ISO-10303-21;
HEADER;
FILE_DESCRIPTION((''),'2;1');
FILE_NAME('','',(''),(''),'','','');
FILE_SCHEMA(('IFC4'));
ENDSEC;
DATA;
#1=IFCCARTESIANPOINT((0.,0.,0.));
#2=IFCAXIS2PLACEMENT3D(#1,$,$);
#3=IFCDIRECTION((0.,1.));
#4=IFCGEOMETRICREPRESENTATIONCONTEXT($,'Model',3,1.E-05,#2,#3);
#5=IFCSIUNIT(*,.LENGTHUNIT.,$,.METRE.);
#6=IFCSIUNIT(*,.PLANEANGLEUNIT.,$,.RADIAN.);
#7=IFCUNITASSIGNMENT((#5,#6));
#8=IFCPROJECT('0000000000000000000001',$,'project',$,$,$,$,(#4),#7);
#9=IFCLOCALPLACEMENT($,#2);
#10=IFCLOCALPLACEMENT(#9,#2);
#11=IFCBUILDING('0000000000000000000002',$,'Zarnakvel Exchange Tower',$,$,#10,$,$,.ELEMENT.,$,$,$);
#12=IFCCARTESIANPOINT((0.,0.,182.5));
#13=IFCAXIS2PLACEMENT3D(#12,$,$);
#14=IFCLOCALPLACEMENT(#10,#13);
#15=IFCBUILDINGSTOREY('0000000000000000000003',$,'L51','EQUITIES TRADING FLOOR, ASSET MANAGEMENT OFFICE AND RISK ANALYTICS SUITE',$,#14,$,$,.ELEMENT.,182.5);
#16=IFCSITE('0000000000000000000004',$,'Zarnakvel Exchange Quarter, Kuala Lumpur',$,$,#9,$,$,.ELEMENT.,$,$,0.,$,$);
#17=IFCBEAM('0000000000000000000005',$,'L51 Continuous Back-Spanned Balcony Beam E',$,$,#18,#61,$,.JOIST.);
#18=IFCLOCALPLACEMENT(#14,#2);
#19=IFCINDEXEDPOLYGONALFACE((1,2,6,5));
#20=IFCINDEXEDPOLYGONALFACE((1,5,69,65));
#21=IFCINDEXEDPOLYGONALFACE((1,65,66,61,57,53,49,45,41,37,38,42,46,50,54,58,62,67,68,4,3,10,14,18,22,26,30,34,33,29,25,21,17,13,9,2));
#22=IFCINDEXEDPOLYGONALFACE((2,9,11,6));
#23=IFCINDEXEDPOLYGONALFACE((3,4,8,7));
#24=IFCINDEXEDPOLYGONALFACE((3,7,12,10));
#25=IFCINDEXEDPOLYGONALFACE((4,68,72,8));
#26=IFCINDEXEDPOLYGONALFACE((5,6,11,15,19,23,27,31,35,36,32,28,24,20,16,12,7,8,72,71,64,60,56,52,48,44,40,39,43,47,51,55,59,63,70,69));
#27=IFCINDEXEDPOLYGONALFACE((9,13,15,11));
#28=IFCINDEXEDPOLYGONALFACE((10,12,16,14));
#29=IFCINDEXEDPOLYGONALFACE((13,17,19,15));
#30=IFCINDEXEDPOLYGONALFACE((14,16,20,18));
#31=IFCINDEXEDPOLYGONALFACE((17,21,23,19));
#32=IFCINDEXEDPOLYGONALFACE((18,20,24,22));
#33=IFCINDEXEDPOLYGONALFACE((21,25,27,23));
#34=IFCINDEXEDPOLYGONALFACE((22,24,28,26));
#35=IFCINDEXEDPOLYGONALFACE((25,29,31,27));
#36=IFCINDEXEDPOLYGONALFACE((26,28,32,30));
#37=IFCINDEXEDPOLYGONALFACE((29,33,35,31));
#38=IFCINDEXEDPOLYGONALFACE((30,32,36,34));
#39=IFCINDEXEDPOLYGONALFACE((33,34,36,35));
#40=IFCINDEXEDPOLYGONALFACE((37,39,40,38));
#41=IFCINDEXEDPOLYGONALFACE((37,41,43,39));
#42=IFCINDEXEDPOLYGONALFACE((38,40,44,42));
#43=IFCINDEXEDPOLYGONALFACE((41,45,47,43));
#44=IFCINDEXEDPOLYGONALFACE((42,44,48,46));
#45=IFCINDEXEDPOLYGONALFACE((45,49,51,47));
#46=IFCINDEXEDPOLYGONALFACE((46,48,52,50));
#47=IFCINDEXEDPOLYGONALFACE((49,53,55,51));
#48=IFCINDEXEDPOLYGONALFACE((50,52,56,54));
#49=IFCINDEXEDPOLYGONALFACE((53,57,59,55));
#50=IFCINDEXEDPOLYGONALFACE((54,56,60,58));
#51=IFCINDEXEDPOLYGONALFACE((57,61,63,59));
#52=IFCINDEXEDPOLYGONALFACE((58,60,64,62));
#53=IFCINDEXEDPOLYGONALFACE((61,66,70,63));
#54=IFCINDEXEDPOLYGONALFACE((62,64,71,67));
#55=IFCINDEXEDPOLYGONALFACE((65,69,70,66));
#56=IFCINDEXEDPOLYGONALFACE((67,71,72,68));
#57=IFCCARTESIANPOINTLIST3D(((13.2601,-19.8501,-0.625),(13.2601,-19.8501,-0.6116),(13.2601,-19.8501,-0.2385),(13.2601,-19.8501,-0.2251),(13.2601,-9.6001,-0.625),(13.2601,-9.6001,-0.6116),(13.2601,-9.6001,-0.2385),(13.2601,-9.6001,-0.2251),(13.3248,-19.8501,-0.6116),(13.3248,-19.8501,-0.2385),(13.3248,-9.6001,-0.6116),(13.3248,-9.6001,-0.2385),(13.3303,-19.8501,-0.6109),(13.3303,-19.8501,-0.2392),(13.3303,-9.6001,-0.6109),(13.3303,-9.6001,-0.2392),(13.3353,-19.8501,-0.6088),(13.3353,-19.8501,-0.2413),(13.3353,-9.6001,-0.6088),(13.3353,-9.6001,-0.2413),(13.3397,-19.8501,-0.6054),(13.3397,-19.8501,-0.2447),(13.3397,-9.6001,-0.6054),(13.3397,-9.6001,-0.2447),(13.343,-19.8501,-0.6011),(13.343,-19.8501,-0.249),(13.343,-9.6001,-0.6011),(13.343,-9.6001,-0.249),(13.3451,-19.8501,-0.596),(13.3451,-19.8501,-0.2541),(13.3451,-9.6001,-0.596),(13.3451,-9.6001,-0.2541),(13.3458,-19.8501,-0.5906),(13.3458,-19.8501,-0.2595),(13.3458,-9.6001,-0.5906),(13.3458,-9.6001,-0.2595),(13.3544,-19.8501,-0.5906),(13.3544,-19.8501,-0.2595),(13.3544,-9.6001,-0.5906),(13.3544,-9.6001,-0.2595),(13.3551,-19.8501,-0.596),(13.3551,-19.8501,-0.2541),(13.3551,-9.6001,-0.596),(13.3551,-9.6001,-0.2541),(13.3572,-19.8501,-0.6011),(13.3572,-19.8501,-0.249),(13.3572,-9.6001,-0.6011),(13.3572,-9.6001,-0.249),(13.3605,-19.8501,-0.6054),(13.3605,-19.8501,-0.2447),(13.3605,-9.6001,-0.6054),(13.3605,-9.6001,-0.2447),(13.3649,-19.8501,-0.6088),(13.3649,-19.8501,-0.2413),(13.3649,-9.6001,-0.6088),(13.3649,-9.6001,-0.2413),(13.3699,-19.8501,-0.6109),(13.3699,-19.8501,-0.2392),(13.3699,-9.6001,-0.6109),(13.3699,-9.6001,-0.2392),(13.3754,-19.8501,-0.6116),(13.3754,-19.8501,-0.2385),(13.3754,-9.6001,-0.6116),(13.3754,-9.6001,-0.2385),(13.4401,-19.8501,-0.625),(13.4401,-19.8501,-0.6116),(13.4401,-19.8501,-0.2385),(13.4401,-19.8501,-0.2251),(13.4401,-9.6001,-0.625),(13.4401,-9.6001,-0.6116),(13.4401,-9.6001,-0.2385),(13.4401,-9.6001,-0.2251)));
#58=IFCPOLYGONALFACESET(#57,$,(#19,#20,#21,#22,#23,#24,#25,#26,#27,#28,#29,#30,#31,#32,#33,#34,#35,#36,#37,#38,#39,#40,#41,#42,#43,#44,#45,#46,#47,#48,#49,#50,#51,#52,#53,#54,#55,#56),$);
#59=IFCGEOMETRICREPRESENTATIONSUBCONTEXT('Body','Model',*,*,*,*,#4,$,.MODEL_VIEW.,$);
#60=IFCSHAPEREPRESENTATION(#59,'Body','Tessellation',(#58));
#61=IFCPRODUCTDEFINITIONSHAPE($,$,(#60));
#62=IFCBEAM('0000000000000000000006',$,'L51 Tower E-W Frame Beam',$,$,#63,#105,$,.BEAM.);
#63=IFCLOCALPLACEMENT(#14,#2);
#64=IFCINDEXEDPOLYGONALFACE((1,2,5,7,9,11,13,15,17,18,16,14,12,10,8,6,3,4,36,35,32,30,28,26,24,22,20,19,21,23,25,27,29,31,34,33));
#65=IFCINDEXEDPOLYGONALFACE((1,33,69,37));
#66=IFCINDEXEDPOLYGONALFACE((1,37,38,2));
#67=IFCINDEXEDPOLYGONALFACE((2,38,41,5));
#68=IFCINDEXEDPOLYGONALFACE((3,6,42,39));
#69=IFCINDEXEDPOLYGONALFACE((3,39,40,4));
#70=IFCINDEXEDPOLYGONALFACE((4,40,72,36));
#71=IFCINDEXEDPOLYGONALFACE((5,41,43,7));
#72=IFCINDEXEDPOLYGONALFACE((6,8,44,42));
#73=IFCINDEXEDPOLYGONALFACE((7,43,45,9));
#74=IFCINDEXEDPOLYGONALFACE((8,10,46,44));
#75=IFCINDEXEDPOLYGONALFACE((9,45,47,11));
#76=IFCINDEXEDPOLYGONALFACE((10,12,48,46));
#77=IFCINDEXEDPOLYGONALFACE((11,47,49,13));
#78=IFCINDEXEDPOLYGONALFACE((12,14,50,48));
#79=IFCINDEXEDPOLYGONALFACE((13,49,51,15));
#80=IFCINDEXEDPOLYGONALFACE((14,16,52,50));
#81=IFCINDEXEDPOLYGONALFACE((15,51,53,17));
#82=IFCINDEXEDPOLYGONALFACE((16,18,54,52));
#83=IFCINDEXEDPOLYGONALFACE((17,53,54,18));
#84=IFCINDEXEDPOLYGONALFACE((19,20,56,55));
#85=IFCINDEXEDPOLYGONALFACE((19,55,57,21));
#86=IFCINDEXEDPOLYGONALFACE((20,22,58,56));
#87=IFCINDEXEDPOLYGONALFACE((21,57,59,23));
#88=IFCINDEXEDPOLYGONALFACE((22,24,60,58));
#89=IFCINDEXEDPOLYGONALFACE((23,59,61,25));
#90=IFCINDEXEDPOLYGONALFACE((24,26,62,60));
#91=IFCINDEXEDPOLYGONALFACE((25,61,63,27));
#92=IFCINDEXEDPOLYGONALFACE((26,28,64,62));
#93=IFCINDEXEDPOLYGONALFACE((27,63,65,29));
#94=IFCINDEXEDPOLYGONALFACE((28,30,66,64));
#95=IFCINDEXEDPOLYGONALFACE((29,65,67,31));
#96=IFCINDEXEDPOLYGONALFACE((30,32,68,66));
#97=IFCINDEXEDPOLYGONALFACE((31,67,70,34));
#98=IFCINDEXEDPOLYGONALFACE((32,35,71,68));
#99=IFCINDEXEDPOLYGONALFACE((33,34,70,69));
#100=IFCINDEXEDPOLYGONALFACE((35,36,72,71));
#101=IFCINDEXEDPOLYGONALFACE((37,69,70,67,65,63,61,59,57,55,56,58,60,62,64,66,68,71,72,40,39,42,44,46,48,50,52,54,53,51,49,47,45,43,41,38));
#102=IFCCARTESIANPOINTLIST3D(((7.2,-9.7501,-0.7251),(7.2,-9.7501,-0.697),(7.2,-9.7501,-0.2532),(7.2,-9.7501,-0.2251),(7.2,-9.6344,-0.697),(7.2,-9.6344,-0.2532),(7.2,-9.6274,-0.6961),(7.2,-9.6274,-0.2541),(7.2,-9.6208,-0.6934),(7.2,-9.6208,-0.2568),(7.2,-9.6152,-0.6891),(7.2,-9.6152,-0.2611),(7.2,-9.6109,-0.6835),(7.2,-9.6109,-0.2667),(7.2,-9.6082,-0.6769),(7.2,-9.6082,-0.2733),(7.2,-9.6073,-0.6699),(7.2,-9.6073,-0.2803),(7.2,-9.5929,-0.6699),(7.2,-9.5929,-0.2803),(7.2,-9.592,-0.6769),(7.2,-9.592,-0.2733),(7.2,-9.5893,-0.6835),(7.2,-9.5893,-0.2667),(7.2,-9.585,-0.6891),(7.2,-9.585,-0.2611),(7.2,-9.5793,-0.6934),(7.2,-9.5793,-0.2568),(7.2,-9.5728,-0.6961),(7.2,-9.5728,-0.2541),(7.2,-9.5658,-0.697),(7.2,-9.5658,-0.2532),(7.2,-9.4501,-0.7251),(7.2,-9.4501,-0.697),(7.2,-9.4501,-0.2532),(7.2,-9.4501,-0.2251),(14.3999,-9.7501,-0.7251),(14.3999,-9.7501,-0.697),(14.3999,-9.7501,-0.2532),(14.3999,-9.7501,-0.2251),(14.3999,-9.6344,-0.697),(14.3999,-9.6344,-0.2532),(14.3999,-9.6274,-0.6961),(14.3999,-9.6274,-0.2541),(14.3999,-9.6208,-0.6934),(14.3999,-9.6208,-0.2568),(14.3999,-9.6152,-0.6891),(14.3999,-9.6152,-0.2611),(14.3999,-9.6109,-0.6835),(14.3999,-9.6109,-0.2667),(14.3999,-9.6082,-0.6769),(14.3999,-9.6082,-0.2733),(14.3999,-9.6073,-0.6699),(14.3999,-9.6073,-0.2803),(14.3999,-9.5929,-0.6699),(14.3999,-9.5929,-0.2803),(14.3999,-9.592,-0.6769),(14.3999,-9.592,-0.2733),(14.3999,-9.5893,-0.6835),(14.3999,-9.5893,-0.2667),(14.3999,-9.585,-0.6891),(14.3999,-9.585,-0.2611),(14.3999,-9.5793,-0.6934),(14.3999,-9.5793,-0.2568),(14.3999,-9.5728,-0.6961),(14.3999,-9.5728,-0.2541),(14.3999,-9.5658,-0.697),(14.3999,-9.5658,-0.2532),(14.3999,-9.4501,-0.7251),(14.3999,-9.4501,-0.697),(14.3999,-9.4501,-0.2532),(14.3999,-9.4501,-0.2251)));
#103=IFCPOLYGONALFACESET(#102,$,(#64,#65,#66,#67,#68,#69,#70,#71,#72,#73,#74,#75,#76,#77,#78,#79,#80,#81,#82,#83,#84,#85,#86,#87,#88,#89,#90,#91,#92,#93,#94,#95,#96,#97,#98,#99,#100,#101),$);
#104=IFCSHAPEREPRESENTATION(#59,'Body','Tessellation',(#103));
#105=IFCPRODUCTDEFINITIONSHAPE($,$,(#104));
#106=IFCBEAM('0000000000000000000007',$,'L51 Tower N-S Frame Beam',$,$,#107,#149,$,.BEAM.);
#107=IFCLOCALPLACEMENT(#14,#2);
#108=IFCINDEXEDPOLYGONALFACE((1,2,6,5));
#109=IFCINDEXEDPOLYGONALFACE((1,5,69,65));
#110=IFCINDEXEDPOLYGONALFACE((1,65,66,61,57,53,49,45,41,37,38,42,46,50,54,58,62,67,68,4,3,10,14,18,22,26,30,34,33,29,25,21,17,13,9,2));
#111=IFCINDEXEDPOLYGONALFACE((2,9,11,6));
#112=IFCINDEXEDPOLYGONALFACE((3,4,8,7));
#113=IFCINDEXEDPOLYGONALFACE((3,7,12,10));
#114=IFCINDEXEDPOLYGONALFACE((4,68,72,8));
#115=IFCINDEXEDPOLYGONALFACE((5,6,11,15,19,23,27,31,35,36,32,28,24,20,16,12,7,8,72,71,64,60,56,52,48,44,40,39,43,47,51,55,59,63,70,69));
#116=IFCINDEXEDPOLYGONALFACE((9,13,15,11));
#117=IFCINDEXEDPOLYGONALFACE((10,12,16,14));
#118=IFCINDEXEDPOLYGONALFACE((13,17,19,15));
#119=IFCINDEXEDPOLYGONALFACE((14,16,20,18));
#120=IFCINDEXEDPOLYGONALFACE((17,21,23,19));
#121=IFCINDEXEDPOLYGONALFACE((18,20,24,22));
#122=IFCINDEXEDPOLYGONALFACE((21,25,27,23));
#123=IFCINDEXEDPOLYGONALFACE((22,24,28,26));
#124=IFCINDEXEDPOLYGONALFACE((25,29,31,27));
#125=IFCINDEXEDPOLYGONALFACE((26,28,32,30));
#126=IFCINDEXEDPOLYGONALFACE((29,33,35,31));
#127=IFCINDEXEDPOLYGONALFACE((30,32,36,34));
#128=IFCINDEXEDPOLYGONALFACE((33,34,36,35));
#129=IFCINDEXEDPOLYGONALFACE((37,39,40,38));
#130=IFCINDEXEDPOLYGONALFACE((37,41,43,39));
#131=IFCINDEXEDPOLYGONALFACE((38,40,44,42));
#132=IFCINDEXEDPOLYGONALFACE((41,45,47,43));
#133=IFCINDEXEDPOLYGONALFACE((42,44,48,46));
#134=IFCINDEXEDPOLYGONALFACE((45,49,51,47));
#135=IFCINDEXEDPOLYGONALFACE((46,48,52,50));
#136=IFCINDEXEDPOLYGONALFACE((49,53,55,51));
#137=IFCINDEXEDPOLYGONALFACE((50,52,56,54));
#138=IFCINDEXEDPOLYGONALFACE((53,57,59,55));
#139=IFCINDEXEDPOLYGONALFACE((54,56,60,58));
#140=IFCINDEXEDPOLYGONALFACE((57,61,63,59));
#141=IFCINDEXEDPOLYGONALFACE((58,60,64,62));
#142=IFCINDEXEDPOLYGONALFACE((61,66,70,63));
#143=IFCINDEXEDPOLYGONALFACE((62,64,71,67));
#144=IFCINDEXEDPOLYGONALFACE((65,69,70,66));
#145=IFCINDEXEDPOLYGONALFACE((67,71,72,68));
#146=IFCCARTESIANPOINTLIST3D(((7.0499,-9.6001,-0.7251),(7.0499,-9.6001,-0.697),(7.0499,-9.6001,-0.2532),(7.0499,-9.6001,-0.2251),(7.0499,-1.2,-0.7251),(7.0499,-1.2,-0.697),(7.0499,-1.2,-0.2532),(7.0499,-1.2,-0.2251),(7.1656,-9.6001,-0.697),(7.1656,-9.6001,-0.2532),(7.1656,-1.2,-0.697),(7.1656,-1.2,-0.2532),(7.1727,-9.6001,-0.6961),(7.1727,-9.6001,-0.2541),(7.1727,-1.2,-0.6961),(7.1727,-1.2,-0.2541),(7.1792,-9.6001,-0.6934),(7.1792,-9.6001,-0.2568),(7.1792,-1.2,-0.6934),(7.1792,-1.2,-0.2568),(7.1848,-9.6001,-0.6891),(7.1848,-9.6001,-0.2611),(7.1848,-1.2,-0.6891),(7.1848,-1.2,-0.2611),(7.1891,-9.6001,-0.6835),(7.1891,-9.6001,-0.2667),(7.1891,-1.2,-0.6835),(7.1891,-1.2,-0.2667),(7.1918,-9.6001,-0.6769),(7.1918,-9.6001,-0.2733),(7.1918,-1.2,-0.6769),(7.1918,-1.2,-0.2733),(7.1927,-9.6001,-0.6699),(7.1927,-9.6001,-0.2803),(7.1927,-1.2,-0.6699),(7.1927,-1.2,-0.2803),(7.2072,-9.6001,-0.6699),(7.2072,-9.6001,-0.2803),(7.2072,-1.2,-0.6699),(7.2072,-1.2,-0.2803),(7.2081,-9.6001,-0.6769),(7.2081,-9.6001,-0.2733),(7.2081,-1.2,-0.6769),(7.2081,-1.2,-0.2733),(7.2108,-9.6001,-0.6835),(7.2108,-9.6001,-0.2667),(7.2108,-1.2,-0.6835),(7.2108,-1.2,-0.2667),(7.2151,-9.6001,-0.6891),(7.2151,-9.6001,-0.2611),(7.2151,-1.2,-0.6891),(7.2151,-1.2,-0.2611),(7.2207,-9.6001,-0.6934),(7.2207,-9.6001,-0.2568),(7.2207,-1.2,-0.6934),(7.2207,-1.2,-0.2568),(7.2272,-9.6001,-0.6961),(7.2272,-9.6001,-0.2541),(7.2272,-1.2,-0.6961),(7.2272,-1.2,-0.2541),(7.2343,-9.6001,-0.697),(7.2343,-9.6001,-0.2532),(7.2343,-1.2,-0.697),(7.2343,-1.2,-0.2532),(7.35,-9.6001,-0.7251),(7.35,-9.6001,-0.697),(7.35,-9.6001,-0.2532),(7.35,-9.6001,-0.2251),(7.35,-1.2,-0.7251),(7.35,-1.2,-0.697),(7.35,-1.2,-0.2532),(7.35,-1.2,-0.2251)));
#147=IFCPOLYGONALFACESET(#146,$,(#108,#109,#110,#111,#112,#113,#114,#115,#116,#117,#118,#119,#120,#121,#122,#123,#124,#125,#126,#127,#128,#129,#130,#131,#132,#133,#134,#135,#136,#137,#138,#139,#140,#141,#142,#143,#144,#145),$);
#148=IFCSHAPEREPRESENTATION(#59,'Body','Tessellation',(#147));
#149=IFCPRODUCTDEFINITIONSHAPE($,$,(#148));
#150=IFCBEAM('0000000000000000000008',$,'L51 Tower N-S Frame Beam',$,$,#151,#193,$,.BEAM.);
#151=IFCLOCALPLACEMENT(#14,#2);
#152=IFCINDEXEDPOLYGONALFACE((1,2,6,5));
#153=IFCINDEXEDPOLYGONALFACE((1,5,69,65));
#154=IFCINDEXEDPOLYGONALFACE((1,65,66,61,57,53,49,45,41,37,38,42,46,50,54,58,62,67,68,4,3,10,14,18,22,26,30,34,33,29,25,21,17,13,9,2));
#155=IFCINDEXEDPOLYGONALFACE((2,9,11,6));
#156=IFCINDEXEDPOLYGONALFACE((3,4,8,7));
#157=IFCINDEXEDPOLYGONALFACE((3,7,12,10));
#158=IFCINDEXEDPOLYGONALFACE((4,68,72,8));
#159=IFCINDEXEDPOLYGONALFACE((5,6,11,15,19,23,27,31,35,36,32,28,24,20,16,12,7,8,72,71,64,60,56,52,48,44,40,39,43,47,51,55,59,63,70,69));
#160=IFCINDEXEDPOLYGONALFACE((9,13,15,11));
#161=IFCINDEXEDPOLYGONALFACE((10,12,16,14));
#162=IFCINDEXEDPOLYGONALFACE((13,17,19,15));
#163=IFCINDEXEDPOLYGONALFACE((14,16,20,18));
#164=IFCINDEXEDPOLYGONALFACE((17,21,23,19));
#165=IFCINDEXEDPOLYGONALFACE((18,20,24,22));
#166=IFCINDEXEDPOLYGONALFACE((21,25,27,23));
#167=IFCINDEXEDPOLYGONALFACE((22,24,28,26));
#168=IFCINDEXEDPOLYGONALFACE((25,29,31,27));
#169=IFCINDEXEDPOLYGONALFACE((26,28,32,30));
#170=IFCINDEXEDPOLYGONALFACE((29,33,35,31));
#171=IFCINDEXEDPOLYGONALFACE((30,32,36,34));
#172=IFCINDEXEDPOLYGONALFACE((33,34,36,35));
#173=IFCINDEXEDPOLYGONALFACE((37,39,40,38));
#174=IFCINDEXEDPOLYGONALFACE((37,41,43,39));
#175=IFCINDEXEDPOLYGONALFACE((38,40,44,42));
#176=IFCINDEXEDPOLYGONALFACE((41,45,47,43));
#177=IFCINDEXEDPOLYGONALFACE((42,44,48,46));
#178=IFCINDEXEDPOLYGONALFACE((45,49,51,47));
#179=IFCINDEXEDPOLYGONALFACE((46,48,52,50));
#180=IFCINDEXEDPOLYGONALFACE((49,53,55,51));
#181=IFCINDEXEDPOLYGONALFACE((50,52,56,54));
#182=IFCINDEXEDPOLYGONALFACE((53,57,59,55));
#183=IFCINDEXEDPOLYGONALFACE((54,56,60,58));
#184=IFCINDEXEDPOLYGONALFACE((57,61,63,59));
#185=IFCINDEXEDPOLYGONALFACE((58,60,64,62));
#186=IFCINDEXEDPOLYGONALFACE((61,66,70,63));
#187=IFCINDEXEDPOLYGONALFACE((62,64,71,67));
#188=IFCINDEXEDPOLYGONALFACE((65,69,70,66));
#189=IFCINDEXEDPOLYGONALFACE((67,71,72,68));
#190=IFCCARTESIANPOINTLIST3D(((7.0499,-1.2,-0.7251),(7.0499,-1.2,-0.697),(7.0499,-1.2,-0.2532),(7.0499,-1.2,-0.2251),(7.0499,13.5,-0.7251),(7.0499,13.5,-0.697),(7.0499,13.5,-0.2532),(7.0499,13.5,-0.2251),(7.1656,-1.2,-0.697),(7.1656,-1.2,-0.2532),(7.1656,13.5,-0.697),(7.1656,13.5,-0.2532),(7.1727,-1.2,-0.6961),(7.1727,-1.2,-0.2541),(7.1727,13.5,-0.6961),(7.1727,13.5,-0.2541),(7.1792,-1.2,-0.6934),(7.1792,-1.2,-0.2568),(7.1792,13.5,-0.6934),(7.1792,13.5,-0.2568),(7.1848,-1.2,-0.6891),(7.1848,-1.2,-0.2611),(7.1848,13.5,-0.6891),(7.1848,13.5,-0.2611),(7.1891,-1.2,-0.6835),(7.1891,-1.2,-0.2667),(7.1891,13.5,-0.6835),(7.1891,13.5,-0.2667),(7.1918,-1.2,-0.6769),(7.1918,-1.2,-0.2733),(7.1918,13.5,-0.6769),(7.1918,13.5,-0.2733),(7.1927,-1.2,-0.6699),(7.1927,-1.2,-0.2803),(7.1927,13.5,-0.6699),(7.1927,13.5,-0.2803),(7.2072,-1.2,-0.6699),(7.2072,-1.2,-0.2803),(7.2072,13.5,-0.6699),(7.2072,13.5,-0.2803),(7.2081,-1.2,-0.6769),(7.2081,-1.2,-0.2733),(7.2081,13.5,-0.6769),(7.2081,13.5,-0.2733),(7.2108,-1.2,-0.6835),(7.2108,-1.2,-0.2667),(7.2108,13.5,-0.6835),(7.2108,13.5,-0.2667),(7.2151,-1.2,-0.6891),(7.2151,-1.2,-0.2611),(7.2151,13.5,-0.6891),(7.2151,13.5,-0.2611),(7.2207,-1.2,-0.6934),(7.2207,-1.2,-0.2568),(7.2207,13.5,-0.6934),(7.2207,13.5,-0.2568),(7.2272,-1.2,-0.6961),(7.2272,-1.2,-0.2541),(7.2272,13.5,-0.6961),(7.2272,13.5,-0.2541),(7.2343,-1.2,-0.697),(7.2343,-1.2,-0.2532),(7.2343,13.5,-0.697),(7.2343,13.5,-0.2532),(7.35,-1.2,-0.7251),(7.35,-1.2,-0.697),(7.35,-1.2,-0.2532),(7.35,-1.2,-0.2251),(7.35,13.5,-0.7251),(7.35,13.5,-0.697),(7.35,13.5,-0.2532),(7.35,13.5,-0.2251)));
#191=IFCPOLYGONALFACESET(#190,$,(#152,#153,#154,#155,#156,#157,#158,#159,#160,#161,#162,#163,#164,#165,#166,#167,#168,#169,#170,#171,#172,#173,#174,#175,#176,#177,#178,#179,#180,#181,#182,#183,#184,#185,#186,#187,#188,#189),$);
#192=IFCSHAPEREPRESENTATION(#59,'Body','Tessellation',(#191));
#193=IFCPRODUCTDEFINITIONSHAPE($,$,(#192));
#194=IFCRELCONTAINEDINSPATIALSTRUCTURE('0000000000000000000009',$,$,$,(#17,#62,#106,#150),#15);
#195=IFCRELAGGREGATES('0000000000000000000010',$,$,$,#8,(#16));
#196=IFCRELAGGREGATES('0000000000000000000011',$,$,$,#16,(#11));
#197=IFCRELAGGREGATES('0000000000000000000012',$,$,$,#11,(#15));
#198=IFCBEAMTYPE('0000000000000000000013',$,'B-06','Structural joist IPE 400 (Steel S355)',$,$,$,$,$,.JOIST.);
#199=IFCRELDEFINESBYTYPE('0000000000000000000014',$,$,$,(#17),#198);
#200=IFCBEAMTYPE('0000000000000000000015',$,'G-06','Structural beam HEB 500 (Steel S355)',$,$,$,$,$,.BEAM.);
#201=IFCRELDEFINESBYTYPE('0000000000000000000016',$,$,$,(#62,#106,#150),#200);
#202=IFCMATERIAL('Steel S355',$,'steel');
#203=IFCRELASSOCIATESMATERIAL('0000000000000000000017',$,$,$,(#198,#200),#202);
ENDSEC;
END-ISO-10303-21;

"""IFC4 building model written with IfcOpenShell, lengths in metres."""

from ifc_helpers import new_model, si_unit, direction, frame, origin, origin_2d, place, context, subcontext, project, spatial, i_section, extrude, material, material_profile, profile_set, type_object, element, save


model = new_model("IFC4")

# Units and contexts
model_context = context("Model", 3, precision=1e-05, world=origin(), true_north=direction((0.0, 1.0)))
body_context = subcontext(model_context, "Body", "Model", "MODEL_VIEW")
ifc_project = project(units=[si_unit("LENGTHUNIT", "METRE"), si_unit("PLANEANGLEUNIT", "RADIAN")], contexts=[model_context])

# Site, building, storey
site_placement = place(None, origin())
site = spatial("IfcSite", under=ifc_project, at=site_placement, Name="Zarnakvel Exchange Quarter, Kuala Lumpur", CompositionType="ELEMENT", RefElevation=0.0)
building_placement = place(site_placement, origin())
building = spatial("IfcBuilding", under=site, at=building_placement, Name="Zarnakvel Exchange Tower", CompositionType="ELEMENT")
storey_placement = place(building_placement, frame((0.0, 0.0, 182.5)))
storey = spatial("IfcBuildingStorey", under=building, at=storey_placement, Name="L51", Description="EQUITIES TRADING FLOOR, ASSET MANAGEMENT OFFICE AND RISK ANALYTICS SUITE", CompositionType="ELEMENT", Elevation=182.5)

# Beams
ifc_material_1 = material(Name="Steel S355", Category="steel")
ifc_material_profile_1 = material_profile(ifc_material_1, i_section(OverallWidth=0.1799, OverallDepth=0.3999, WebThickness=0.0085, FlangeThickness=0.0134, FilletRadius=0.021, at=origin_2d()))
ifc_profile_set_1 = profile_set([ifc_material_profile_1], Name="Steel S355")
beam_type_1 = type_object("IfcBeamType", Name="B-06", Description="Structural joist IPE 400 (Steel S355)", PredefinedType="JOIST", material=ifc_profile_set_1)
for number, where, z_axis, x_axis, name in (
    (1, (13.3501, -9.6001, -0.425), (0.0, -1.0, 0.0), (1.0, 0.0, 0.0), "L51 Continuous Back-Spanned Balcony Beam E"),
):
    element("IfcBeam", number, at=place(storey_placement, frame(where, z_axis=z_axis, x_axis=x_axis)), inside=storey, type_object=beam_type_1, Name=name, PredefinedType="JOIST", context=body_context, shape_type="SweptSolid", body=[
        extrude(i_section(OverallWidth=0.1799, OverallDepth=0.3999, WebThickness=0.0085, FlangeThickness=0.0134, FilletRadius=0.021, at=origin_2d()), origin(), (0.0, 0.0, 1.0), 10.25),
    ])
ifc_material_profile_2 = material_profile(ifc_material_1, i_section(OverallWidth=0.3, OverallDepth=0.5, WebThickness=0.0144, FlangeThickness=0.0281, FilletRadius=0.0271, at=origin_2d()))
ifc_profile_set_2 = profile_set([ifc_material_profile_2], Name="Steel S355")
beam_type_2 = type_object("IfcBeamType", Name="G-06", Description="Structural beam HEB 500 (Steel S355)", PredefinedType="BEAM", material=ifc_profile_set_2)
beam_1_placement = place(storey_placement, frame((7.2, -9.6001, -0.4751), z_axis=(1.0, 0.0, 0.0), x_axis=(0.0, 1.0, 0.0)))
element("IfcBeam", 2, at=beam_1_placement, inside=storey, type_object=beam_type_2, Name="L51 Tower E-W Frame Beam", PredefinedType="BEAM", context=body_context, shape_type="SweptSolid", body=[
    extrude(i_section(OverallWidth=0.3, OverallDepth=0.5, WebThickness=0.0144, FlangeThickness=0.0281, FilletRadius=0.0271, at=origin_2d()), origin(), (0.0, 0.0, 1.0), 7.2),
])
beam_2_placement = place(storey_placement, frame((7.2, -9.6001, -0.4751), z_axis=(0.0, 1.0, 0.0), x_axis=(-1.0, 0.0, 0.0)))
element("IfcBeam", 3, at=beam_2_placement, inside=storey, type_object=beam_type_2, Name="L51 Tower N-S Frame Beam", PredefinedType="BEAM", context=body_context, shape_type="SweptSolid", body=[
    extrude(i_section(OverallWidth=0.3, OverallDepth=0.5, WebThickness=0.0144, FlangeThickness=0.0281, FilletRadius=0.0271, at=origin_2d()), origin(), (0.0, 0.0, 1.0), 8.4001),
])
beam_3_placement = place(storey_placement, frame((7.2, -1.2, -0.4751), z_axis=(0.0, 1.0, 0.0), x_axis=(-1.0, 0.0, 0.0)))
element("IfcBeam", 4, at=beam_3_placement, inside=storey, type_object=beam_type_2, Name="L51 Tower N-S Frame Beam", PredefinedType="BEAM", context=body_context, shape_type="SweptSolid", body=[
    extrude(i_section(OverallWidth=0.3, OverallDepth=0.5, WebThickness=0.0144, FlangeThickness=0.0281, FilletRadius=0.0271, at=origin_2d()), origin(), (0.0, 0.0, 1.0), 14.7),
])

save(model, "model.ifc")
